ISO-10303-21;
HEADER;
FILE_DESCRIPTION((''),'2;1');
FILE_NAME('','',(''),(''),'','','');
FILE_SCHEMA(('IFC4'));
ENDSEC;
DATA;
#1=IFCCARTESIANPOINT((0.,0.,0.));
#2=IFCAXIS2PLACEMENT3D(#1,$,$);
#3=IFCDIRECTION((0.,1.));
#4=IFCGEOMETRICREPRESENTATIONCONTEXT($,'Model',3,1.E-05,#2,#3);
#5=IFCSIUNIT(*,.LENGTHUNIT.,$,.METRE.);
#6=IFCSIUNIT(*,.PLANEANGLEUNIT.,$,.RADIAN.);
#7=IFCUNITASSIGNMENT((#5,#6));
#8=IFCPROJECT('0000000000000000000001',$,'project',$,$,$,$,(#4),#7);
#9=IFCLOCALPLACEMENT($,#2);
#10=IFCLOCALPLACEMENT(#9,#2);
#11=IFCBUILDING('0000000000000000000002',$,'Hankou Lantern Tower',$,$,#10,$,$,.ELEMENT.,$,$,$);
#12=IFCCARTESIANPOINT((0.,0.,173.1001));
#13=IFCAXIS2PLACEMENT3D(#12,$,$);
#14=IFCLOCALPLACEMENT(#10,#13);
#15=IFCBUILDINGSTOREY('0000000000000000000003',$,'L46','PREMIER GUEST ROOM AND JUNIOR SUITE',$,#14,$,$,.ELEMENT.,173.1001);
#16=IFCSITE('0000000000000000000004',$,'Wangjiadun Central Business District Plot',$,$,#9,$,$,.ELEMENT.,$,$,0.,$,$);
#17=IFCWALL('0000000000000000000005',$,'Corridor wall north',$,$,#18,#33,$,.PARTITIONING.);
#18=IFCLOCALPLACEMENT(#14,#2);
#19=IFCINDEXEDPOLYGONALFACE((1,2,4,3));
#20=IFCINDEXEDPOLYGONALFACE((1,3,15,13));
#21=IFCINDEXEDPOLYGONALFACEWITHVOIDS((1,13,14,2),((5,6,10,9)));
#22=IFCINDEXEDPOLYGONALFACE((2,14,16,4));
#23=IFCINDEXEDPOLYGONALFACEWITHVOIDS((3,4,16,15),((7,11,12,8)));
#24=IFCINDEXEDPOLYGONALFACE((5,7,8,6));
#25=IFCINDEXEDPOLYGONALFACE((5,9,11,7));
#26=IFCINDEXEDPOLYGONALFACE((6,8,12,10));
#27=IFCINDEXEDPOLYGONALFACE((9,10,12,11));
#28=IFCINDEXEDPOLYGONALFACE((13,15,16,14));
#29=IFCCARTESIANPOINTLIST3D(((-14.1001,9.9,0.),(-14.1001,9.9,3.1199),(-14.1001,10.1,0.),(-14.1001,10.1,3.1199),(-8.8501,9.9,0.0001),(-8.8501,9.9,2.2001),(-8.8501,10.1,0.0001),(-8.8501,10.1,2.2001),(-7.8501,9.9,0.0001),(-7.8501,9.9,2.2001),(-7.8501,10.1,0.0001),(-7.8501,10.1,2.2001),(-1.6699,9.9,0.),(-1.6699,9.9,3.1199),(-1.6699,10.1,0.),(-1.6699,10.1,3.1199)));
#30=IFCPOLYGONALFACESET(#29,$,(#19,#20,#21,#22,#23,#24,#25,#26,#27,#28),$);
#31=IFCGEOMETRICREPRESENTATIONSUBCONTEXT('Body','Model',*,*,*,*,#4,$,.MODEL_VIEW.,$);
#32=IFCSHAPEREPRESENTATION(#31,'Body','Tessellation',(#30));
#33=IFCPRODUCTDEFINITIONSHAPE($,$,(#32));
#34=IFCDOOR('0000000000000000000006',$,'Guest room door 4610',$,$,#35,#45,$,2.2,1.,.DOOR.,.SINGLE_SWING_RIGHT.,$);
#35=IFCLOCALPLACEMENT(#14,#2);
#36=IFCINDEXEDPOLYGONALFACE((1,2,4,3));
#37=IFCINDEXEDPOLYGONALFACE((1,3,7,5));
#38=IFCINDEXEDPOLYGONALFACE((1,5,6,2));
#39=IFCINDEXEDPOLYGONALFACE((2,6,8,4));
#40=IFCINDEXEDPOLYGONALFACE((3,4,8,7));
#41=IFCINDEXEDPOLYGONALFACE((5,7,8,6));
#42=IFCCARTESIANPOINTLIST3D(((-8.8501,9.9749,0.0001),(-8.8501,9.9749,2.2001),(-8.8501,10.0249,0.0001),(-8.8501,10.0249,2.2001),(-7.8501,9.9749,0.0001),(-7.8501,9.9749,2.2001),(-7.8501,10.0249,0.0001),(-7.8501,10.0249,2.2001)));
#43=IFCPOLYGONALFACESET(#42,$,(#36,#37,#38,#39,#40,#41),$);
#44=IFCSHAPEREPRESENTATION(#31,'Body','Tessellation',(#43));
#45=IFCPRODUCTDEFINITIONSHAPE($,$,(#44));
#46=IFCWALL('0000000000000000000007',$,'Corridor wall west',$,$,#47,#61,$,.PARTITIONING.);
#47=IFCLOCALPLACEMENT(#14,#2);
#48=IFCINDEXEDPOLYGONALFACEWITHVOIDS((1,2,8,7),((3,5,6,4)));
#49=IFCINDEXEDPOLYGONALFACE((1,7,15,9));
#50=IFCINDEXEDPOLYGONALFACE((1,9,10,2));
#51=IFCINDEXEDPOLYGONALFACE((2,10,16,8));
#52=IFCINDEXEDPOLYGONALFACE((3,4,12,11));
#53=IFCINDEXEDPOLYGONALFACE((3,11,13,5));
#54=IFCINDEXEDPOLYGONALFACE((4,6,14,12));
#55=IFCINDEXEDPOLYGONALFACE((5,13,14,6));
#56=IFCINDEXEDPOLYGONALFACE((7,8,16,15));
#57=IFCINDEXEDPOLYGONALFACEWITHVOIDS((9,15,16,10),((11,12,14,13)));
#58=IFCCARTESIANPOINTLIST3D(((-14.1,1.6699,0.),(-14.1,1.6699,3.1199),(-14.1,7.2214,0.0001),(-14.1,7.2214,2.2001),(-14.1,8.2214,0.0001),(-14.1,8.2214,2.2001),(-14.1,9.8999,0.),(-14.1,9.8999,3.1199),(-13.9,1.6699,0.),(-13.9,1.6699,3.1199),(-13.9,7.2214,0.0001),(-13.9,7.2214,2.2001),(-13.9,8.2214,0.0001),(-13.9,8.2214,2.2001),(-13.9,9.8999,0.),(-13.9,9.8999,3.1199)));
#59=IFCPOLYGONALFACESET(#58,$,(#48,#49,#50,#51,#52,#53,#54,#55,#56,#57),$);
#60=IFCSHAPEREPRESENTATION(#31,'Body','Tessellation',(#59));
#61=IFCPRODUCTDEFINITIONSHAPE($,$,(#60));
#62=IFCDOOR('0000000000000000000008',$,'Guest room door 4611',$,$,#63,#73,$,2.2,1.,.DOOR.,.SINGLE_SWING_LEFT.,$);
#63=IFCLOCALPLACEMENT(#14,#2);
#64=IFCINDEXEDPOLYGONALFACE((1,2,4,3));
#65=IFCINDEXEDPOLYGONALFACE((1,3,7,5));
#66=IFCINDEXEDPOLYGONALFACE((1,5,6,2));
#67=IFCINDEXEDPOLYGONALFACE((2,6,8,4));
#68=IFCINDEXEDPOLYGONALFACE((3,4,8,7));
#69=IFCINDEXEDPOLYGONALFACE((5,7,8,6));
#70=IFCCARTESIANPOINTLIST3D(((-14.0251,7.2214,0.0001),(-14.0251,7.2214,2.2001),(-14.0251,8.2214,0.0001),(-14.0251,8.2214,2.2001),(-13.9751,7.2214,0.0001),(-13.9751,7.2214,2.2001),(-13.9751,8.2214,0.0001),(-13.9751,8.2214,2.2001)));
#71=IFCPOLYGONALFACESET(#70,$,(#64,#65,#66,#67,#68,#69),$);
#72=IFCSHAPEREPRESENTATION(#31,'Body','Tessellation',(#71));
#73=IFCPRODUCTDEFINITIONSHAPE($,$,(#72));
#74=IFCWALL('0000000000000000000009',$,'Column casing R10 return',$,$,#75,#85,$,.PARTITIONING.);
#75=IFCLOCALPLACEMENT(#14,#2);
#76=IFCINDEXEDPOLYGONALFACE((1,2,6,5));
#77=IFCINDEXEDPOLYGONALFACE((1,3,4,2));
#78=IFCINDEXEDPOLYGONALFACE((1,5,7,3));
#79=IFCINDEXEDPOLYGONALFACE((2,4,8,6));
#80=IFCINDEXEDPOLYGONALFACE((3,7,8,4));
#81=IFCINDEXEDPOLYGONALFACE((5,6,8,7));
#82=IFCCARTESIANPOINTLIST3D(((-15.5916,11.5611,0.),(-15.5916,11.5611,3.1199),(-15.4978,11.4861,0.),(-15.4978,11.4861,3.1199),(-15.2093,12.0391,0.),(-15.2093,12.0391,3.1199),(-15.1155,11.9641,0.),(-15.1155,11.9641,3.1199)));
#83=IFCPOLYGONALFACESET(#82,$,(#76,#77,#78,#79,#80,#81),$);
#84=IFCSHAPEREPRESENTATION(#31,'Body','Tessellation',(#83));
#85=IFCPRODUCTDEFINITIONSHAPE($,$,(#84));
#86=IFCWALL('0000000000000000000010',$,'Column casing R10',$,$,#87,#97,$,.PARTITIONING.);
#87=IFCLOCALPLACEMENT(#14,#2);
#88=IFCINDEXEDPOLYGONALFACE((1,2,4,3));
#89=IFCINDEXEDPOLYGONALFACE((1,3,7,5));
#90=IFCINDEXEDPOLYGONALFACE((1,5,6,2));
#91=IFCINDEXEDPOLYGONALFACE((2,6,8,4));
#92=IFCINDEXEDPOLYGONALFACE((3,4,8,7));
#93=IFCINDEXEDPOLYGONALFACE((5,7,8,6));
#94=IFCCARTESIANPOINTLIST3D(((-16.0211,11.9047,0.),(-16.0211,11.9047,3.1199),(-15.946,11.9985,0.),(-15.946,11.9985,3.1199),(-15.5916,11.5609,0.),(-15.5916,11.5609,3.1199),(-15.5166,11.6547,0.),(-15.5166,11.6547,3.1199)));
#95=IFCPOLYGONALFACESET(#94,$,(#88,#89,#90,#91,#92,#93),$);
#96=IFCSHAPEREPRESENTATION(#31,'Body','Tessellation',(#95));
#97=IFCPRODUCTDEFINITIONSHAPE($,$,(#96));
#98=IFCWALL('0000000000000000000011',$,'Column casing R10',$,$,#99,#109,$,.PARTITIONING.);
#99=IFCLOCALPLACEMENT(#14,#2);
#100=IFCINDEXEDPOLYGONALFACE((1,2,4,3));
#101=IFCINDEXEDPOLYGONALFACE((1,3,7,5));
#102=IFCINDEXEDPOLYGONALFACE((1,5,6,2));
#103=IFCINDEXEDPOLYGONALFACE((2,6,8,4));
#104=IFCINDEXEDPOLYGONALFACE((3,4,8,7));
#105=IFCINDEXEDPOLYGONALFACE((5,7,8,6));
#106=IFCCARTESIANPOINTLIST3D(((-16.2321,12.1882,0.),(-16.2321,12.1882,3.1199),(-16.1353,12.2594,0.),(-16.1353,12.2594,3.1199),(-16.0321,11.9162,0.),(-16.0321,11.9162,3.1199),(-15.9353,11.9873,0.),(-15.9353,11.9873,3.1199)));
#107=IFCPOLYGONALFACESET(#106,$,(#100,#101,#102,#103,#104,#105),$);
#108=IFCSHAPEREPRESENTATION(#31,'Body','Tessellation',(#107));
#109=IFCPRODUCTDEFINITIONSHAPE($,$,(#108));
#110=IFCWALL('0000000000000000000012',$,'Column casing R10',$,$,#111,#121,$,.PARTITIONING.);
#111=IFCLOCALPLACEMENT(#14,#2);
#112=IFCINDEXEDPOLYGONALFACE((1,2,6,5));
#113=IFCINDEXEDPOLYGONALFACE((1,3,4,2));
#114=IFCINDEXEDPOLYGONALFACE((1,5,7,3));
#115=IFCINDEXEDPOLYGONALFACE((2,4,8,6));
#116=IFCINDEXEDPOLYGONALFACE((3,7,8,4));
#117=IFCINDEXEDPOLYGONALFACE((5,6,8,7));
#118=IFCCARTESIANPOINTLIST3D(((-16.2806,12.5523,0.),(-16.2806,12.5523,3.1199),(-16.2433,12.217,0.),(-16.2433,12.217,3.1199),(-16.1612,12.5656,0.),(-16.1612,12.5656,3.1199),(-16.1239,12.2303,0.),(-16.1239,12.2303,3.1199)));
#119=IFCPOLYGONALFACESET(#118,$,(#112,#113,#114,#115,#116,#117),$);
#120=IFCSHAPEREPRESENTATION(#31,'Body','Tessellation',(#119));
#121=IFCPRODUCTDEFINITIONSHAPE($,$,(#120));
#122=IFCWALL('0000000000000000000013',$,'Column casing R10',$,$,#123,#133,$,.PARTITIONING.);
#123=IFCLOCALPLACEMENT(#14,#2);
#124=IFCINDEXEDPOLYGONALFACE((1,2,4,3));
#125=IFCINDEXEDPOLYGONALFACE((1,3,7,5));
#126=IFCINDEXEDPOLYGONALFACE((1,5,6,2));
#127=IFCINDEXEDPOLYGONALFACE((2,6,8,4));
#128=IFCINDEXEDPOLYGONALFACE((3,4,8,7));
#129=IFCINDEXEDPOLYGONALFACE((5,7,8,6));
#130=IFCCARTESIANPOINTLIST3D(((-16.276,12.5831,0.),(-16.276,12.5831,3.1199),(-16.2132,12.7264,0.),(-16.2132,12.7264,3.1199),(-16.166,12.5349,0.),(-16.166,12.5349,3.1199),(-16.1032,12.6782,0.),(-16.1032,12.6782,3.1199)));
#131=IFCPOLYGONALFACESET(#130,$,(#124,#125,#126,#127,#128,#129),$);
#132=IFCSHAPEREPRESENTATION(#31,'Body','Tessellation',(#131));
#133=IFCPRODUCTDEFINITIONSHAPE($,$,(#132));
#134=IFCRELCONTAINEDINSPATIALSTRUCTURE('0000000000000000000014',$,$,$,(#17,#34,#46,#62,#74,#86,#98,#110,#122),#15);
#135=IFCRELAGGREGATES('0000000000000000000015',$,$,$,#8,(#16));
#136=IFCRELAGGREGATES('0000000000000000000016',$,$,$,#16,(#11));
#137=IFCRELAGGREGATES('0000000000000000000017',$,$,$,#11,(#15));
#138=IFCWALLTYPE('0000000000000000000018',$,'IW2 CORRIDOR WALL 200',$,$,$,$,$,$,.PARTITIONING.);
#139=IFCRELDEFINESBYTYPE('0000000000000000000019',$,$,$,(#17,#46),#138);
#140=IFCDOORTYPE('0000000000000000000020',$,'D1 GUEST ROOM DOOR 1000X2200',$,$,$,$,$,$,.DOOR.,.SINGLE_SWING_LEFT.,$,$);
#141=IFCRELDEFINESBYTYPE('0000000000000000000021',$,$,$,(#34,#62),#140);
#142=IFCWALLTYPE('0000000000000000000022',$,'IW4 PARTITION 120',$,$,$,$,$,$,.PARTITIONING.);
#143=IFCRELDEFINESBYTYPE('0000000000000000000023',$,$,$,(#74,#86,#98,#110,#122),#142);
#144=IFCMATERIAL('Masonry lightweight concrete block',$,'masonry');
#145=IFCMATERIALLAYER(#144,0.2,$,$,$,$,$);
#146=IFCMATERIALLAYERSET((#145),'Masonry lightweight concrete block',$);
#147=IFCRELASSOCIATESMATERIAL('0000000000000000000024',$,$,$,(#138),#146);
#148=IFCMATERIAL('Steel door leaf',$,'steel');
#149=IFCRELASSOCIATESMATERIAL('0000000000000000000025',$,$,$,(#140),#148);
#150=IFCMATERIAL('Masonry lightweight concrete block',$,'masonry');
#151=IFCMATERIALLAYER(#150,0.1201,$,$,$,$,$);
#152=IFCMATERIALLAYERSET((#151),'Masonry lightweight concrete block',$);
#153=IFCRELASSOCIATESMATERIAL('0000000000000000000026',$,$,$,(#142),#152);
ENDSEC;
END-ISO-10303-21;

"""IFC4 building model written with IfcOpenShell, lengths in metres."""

from ifc_helpers import new_model, si_unit, direction, frame, frame_2d, origin, place, context, subcontext, project, spatial, rectangle, extrude, material, layer, layer_set, type_object, element, fill, save


model = new_model("IFC4")

# Units and contexts
model_context = context("Model", 3, precision=1e-05, world=origin(), true_north=direction((0.0, 1.0)))
body_context = subcontext(model_context, "Body", "Model", "MODEL_VIEW")
ifc_project = project(units=[si_unit("LENGTHUNIT", "METRE"), si_unit("PLANEANGLEUNIT", "RADIAN")], contexts=[model_context])

# Site, building, storey
site_placement = place(None, origin())
site = spatial("IfcSite", under=ifc_project, at=site_placement, Name="Wangjiadun Central Business District Plot", CompositionType="ELEMENT", RefElevation=0.0)
building_placement = place(site_placement, origin())
building = spatial("IfcBuilding", under=site, at=building_placement, Name="Hankou Lantern Tower", CompositionType="ELEMENT")
storey_placement = place(building_placement, frame((0.0, 0.0, 173.1001)))
storey = spatial("IfcBuildingStorey", under=building, at=storey_placement, Name="L46", Description="PREMIER GUEST ROOM AND JUNIOR SUITE", CompositionType="ELEMENT", Elevation=173.1001)

# Walls, openings, doors
ifc_material_1 = material(Name="Masonry lightweight concrete block", Category="masonry")
ifc_layer_1 = layer(ifc_material_1, 0.2)
ifc_layer_set_1 = layer_set([ifc_layer_1], Name="Masonry lightweight concrete block")
wall_type_1 = type_object("IfcWallType", Name="IW2 CORRIDOR WALL 200", PredefinedType="PARTITIONING", material=ifc_layer_set_1)
wall_1_placement = place(storey_placement, frame((-14.1001, 10.0, 0.0), z_axis=(0.0, 0.0, 1.0), x_axis=(1.0, 0.0, 0.0)))
wall_1 = element("IfcWall", 1, at=wall_1_placement, inside=storey, type_object=wall_type_1, Name="Corridor wall north", PredefinedType="PARTITIONING", context=body_context, shape_type="SweptSolid", body=[
    extrude(rectangle(XDim=12.4302, YDim=0.2, at=frame_2d((6.2151, 0.0))), origin(), (0.0, 0.0, 1.0), 3.1199),
])
opening_1_placement = place(wall_1_placement, frame((5.25, 0.0, 0.0)))
opening_1 = element("IfcOpeningElement", 2, at=opening_1_placement, cuts=wall_1, PredefinedType="OPENING", context=body_context, shape_type="SweptSolid", body=[
    extrude(rectangle(XDim=1.0, YDim=2.2, at=frame_2d((0.5, 1.1001))), frame((0.0, 0.1099, 0.0), z_axis=(0.0, -1.0, 0.0), x_axis=(1.0, 0.0, 0.0)), (0.0, 0.0, 1.0), 0.22),
])
ifc_material_2 = material(Name="Steel door leaf", Category="steel")
door_type = type_object("IfcDoorType", Name="D1 GUEST ROOM DOOR 1000X2200", OperationType="SINGLE_SWING_LEFT", PredefinedType="DOOR", material=ifc_material_2)
door_1_placement = place(opening_1_placement, origin())
door_1 = element("IfcDoor", 3, at=door_1_placement, inside=storey, type_object=door_type, Name="Guest room door 4610", OperationType="SINGLE_SWING_RIGHT", OverallHeight=2.2, OverallWidth=1.0, PredefinedType="DOOR", context=body_context, shape_type="SweptSolid", body=[
    extrude(rectangle(XDim=1.0, YDim=2.2, at=frame_2d((0.5, 1.1001))), frame((0.0, 0.0249, 0.0), z_axis=(0.0, -1.0, 0.0), x_axis=(1.0, 0.0, 0.0)), (0.0, 0.0, 1.0), 0.05),
])
fill(opening_1, door_1)
wall_2_placement = place(storey_placement, frame((-14.0, 9.8999, 0.0), z_axis=(0.0, 0.0, 1.0), x_axis=(0.0, -1.0, 0.0)))
wall_2 = element("IfcWall", 4, at=wall_2_placement, inside=storey, type_object=wall_type_1, Name="Corridor wall west", PredefinedType="PARTITIONING", context=body_context, shape_type="SweptSolid", body=[
    extrude(rectangle(XDim=8.23, YDim=0.2, at=frame_2d((4.115, 0.0))), origin(), (0.0, 0.0, 1.0), 3.1199),
])
opening_2_placement = place(wall_2_placement, frame((1.6785, 0.0, 0.0)))
opening_2 = element("IfcOpeningElement", 5, at=opening_2_placement, cuts=wall_2, PredefinedType="OPENING", context=body_context, shape_type="SweptSolid", body=[
    extrude(rectangle(XDim=1.0, YDim=2.2, at=frame_2d((0.5, 1.1001))), frame((0.0, 0.1099, 0.0), z_axis=(0.0, -1.0, 0.0), x_axis=(1.0, 0.0, 0.0)), (0.0, 0.0, 1.0), 0.22),
])
door_2_placement = place(opening_2_placement, origin())
door_2 = element("IfcDoor", 6, at=door_2_placement, inside=storey, type_object=door_type, Name="Guest room door 4611", OperationType="SINGLE_SWING_LEFT", OverallHeight=2.2, OverallWidth=1.0, PredefinedType="DOOR", context=body_context, shape_type="SweptSolid", body=[
    extrude(rectangle(XDim=1.0, YDim=2.2, at=frame_2d((0.5, 1.1001))), frame((0.0, 0.0249, 0.0), z_axis=(0.0, -1.0, 0.0), x_axis=(1.0, 0.0, 0.0)), (0.0, 0.0, 1.0), 0.05),
])
fill(opening_2, door_2)

# Walls
ifc_material_3 = material(Name="Masonry lightweight concrete block", Category="masonry")
ifc_layer_2 = layer(ifc_material_3, 0.1201)
ifc_layer_set_2 = layer_set([ifc_layer_2], Name="Masonry lightweight concrete block")
wall_type_2 = type_object("IfcWallType", Name="IW4 PARTITION 120", PredefinedType="PARTITIONING", material=ifc_layer_set_2)
wall_3_placement = place(storey_placement, frame((-15.1624, 12.0017, 0.0), z_axis=(0.0, 0.0, 1.0), x_axis=(-0.624598, -0.780947, 0.0)))
element("IfcWall", 7, at=wall_3_placement, inside=storey, type_object=wall_type_2, Name="Column casing R10 return", PredefinedType="PARTITIONING", context=body_context, shape_type="SweptSolid", body=[
    extrude(rectangle(XDim=0.6121, YDim=0.1201, at=frame_2d((0.3062, 0.0))), origin(), (0.0, 0.0, 1.0), 3.1199),
])
wall_4_placement = place(storey_placement, frame((-15.5542, 11.6079, 0.0), z_axis=(0.0, 0.0, 1.0), x_axis=(-0.780696, 0.624912, 0.0)))
element("IfcWall", 8, at=wall_4_placement, inside=storey, type_object=wall_type_2, Name="Column casing R10", PredefinedType="PARTITIONING", context=body_context, shape_type="SweptSolid", body=[
    extrude(rectangle(XDim=0.55, YDim=0.1201, at=frame_2d((0.2749, 0.0))), origin(), (0.0, 0.0, 1.0), 3.1199),
])
wall_5_placement = place(storey_placement, frame((-15.9836, 11.9517, 0.0), z_axis=(0.0, 0.0, 1.0), x_axis=(-0.592335, 0.805692, 0.0)))
element("IfcWall", 9, at=wall_5_placement, inside=storey, type_object=wall_type_2, Name="Column casing R10", PredefinedType="PARTITIONING", context=body_context, shape_type="SweptSolid", body=[
    extrude(rectangle(XDim=0.3376, YDim=0.1201, at=frame_2d((0.1689, 0.0))), origin(), (0.0, 0.0, 1.0), 3.1199),
])
wall_6_placement = place(storey_placement, frame((-16.1836, 12.2236, 0.0), z_axis=(0.0, 0.0, 1.0), x_axis=(-0.11067, 0.993857, 0.0)))
element("IfcWall", 10, at=wall_6_placement, inside=storey, type_object=wall_type_2, Name="Column casing R10", PredefinedType="PARTITIONING", context=body_context, shape_type="SweptSolid", body=[
    extrude(rectangle(XDim=0.3374, YDim=0.1201, at=frame_2d((0.1687, 0.0))), origin(), (0.0, 0.0, 1.0), 3.1199),
])
wall_7_placement = place(storey_placement, frame((-16.2209, 12.5591, 0.0), z_axis=(0.0, 0.0, 1.0), x_axis=(0.401064, 0.91605, 0.0)))
element("IfcWall", 11, at=wall_7_placement, inside=storey, type_object=wall_type_2, Name="Column casing R10", PredefinedType="PARTITIONING", context=body_context, shape_type="SweptSolid", body=[
    extrude(rectangle(XDim=0.1565, YDim=0.1201, at=frame_2d((0.0781, 0.0))), origin(), (0.0, 0.0, 1.0), 3.1199),
])

save(model, "model.ifc")
